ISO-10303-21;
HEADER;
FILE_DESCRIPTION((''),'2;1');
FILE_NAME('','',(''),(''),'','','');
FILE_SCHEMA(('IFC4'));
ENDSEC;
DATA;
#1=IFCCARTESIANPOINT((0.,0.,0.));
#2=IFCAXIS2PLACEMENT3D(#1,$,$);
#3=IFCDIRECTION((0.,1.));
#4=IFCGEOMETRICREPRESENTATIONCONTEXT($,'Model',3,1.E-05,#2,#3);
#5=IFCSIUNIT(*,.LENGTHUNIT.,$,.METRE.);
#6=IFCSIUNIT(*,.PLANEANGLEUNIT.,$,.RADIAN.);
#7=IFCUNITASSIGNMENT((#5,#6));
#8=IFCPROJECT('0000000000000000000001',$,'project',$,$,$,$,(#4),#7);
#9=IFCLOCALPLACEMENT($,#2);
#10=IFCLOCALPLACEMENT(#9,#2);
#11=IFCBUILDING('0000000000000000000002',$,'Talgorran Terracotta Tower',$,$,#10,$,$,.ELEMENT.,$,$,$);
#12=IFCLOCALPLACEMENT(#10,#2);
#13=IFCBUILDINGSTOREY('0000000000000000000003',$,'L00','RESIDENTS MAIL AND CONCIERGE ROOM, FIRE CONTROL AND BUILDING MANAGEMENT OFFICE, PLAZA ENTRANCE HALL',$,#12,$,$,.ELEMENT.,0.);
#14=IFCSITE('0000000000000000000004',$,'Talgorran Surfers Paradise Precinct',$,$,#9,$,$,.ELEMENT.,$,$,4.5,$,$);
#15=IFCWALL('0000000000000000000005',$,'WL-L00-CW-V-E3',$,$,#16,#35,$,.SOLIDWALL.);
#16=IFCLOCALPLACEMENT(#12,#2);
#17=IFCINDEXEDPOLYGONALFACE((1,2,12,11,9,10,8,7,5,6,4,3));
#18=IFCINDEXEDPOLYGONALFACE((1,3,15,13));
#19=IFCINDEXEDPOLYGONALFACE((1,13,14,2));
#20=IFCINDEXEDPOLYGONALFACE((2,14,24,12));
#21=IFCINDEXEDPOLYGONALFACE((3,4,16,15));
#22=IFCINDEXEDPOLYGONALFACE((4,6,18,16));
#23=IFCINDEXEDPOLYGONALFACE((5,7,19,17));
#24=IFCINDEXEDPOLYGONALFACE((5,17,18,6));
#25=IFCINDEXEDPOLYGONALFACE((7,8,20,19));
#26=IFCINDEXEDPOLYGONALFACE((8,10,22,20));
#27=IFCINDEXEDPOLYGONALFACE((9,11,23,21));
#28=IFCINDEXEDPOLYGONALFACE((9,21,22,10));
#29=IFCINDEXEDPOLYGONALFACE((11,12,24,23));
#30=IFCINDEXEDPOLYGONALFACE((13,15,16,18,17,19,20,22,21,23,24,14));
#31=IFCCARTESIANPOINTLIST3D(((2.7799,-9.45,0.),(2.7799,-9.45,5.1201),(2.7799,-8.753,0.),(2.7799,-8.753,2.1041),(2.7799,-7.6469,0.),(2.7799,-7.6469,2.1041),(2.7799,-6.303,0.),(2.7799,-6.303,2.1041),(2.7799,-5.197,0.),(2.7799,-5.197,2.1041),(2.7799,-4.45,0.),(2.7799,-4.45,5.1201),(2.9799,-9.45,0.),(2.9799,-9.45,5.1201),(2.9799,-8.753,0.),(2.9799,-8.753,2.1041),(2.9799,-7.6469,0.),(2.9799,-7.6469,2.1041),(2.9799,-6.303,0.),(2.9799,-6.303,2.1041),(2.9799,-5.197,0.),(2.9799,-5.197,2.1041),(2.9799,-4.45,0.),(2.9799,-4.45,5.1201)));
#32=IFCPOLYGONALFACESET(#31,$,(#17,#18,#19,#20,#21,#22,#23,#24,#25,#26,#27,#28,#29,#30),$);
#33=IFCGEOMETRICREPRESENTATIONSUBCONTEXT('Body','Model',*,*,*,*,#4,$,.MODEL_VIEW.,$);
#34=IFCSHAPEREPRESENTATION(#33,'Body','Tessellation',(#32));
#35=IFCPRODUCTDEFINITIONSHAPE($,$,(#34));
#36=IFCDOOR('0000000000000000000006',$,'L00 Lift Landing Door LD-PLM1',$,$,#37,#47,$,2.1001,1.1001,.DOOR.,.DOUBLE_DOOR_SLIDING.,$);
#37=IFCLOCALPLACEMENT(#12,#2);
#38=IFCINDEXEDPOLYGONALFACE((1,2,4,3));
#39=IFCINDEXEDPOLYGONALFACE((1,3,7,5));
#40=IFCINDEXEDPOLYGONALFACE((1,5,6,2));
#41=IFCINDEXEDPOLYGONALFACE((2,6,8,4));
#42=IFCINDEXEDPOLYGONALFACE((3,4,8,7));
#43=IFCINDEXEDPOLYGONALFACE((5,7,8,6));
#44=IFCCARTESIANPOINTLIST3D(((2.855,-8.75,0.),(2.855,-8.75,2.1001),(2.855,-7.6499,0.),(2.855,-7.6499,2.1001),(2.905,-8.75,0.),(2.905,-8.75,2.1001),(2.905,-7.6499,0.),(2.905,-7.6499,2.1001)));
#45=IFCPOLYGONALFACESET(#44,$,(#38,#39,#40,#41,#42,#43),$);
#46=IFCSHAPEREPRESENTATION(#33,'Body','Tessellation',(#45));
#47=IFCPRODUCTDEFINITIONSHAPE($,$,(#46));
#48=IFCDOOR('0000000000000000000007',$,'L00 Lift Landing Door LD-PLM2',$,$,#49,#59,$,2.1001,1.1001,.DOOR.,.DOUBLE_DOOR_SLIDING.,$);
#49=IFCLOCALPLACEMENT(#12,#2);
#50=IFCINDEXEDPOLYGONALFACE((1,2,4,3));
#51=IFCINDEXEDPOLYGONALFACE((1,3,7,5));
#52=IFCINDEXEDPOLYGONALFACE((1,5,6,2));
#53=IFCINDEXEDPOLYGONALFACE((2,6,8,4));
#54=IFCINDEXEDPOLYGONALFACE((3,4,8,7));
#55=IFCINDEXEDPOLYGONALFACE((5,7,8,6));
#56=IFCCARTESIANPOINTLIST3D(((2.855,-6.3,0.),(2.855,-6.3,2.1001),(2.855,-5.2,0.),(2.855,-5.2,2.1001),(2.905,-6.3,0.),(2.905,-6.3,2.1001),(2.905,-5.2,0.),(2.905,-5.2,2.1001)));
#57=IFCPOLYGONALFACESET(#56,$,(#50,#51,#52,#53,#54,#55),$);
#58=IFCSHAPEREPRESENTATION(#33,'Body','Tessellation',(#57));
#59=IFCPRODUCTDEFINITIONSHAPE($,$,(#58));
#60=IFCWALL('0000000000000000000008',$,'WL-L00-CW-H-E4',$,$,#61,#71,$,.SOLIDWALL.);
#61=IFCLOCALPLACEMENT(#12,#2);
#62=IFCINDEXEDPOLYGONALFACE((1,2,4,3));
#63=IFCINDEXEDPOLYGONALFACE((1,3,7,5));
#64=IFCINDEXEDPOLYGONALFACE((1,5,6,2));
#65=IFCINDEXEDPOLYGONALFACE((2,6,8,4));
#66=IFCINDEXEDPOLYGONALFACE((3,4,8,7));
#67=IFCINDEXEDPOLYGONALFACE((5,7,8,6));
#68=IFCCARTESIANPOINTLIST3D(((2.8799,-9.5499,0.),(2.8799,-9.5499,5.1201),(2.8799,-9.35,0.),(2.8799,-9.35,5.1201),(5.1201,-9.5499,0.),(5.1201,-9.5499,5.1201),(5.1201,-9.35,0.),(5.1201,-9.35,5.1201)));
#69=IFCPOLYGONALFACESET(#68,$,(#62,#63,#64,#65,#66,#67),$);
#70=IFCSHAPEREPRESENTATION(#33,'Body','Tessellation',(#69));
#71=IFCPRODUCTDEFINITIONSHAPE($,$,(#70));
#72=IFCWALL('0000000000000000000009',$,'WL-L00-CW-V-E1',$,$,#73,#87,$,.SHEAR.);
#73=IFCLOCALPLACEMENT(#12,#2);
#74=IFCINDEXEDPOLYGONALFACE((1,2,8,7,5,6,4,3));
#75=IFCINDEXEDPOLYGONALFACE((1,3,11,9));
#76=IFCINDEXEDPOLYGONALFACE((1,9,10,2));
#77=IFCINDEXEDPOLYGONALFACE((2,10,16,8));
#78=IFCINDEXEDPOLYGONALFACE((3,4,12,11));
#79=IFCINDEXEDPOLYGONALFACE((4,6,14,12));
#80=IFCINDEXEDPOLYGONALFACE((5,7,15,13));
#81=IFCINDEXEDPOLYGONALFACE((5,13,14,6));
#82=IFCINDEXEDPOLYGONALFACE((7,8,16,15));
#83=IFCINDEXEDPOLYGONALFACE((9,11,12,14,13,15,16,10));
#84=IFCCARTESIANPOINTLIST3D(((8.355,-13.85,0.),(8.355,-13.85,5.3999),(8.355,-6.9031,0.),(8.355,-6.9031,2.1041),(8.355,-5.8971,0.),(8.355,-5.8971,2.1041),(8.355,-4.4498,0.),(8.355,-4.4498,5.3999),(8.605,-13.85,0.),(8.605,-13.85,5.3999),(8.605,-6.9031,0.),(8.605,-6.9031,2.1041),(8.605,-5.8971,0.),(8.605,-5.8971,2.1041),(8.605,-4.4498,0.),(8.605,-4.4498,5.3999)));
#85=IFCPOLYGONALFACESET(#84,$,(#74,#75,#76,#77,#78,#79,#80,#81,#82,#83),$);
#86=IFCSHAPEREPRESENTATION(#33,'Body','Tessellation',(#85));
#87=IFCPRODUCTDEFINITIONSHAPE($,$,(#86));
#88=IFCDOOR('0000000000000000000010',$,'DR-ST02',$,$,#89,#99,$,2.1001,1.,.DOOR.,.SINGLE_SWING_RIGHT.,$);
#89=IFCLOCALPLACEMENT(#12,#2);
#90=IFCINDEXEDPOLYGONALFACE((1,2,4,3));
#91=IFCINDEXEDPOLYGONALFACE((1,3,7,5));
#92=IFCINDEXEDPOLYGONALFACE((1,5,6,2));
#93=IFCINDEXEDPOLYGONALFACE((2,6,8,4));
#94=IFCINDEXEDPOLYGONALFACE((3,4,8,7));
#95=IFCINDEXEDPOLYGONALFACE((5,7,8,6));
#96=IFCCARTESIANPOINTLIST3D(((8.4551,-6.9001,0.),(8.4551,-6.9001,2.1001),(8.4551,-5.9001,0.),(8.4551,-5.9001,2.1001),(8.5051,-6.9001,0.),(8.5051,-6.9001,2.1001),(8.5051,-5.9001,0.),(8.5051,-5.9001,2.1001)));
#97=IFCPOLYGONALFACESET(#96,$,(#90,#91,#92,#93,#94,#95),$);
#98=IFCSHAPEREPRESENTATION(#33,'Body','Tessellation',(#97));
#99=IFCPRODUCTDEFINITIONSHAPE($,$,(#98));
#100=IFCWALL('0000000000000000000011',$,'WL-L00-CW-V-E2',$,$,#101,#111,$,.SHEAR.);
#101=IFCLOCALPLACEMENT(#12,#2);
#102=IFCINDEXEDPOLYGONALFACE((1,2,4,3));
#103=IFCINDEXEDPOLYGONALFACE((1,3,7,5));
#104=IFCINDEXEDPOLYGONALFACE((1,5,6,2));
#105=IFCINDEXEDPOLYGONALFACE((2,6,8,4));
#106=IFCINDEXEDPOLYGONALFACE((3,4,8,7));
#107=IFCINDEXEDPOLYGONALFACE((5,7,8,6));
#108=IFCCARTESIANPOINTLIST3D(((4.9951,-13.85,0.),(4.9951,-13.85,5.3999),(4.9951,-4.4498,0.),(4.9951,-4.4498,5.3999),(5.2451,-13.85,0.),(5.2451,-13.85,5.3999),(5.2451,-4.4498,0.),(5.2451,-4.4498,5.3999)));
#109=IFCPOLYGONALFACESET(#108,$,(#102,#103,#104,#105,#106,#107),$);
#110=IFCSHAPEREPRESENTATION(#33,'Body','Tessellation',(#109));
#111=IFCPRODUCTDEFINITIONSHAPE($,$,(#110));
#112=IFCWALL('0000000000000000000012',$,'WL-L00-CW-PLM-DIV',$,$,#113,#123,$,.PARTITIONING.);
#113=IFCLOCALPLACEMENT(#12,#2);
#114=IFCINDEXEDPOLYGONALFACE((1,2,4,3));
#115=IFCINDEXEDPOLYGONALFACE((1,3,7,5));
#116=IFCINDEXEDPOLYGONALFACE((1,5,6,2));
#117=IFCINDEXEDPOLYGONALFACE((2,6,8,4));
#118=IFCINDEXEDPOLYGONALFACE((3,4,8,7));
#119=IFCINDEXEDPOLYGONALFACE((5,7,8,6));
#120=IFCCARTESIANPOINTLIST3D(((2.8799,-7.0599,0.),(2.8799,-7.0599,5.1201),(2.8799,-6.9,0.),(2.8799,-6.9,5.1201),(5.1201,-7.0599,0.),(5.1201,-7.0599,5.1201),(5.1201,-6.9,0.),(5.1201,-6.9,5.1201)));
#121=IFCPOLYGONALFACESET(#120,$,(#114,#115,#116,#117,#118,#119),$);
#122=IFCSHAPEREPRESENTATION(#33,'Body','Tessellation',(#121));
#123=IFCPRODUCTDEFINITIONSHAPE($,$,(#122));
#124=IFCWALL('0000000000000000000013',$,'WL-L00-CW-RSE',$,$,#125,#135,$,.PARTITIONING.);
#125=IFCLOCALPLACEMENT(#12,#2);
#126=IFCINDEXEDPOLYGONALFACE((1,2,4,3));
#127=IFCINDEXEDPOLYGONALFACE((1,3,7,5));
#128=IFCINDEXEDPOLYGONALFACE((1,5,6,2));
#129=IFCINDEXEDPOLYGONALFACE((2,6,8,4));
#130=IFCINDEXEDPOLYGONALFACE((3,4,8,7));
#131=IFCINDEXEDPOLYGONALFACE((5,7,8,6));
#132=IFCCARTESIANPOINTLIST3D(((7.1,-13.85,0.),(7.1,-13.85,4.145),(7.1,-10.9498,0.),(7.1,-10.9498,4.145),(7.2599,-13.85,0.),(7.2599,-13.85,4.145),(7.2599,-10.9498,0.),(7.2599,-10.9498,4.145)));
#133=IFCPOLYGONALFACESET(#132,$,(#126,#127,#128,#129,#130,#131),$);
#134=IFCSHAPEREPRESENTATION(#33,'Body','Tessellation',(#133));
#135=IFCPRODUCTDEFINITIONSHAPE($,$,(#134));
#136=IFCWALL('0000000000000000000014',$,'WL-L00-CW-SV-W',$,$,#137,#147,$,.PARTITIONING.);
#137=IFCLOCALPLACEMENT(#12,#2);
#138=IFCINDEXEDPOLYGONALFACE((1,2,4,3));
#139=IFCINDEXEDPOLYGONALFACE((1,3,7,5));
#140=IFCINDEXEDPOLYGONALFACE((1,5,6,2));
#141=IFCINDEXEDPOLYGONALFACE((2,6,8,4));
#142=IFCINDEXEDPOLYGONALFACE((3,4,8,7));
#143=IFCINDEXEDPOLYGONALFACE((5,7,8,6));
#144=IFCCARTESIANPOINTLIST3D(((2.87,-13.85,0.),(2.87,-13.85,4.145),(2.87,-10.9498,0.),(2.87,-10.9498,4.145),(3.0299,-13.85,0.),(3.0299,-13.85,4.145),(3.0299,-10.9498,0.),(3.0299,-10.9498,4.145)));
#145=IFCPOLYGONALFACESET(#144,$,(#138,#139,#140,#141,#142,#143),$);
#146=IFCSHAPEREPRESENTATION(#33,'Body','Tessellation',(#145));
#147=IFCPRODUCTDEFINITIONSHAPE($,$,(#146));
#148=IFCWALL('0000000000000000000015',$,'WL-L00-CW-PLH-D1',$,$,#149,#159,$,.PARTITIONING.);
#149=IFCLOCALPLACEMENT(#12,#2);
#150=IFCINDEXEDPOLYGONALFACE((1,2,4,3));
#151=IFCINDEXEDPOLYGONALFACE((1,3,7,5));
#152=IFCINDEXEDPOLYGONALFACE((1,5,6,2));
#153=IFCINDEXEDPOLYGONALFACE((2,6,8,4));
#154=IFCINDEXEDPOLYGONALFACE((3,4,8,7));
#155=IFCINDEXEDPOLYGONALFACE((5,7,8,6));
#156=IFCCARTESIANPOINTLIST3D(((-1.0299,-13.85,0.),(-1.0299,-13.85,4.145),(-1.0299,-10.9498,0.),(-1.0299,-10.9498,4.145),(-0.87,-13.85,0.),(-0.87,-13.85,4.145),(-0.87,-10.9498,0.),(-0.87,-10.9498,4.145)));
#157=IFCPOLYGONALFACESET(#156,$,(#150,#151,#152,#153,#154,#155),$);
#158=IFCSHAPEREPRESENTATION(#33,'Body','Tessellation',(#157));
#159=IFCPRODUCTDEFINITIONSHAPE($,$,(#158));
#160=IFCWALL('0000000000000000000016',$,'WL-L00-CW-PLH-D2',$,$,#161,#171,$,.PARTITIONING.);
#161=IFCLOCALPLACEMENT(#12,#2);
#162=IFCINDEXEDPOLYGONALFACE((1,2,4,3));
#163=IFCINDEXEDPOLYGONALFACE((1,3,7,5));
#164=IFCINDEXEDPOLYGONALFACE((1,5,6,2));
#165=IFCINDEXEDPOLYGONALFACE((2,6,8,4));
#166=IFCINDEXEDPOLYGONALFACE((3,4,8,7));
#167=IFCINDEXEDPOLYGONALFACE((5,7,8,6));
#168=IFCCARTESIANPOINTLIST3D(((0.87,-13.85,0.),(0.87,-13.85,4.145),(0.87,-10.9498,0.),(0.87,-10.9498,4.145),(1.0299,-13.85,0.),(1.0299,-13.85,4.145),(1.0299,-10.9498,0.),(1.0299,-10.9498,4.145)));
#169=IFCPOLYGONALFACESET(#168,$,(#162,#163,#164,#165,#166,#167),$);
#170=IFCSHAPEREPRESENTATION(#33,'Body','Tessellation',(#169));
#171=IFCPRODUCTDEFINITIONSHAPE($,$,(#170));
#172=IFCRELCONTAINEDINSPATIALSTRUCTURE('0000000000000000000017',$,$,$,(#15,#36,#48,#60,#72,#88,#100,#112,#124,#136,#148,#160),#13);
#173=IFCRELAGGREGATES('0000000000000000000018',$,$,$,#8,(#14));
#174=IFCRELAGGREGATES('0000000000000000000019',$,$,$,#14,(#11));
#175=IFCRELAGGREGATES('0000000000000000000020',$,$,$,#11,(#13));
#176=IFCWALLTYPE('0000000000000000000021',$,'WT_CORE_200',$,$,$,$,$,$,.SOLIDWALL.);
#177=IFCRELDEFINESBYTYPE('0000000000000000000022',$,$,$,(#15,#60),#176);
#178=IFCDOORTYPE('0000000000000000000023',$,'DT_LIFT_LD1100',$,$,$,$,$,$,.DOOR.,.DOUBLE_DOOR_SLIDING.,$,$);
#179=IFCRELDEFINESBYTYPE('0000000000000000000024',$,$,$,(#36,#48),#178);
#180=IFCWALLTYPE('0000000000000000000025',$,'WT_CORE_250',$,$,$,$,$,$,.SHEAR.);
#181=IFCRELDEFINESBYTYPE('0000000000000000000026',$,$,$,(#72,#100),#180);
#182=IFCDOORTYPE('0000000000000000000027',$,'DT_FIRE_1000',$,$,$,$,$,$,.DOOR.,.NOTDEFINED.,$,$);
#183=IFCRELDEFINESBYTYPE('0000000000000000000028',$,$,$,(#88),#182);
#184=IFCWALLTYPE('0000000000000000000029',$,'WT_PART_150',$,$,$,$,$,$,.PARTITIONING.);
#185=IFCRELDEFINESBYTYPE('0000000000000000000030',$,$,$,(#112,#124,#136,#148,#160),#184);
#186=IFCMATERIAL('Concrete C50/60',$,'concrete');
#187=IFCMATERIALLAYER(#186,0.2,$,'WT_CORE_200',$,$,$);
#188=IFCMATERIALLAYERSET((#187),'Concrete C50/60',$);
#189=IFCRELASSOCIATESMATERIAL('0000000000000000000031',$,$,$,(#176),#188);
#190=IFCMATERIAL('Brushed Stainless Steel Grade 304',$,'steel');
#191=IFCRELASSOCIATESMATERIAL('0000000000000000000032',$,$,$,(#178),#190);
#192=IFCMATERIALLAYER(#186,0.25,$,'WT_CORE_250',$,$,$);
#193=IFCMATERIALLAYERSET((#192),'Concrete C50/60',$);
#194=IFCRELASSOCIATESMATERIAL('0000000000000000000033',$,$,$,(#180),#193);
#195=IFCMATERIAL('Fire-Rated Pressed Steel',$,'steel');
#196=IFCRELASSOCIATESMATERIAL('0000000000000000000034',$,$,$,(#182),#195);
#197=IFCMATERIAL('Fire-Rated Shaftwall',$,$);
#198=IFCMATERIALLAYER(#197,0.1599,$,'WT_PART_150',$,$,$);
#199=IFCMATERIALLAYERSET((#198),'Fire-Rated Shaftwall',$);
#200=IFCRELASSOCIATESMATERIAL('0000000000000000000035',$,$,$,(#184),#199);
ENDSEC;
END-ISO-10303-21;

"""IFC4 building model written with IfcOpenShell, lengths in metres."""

from ifc_helpers import new_model, si_unit, direction, frame, frame_2d, origin, place, context, subcontext, project, spatial, rectangle, extrude, material, layer, layer_set, type_object, element, fill, save


model = new_model("IFC4")

# Units and contexts
model_context = context("Model", 3, precision=1e-05, world=origin(), true_north=direction((0.0, 1.0)))
body_context = subcontext(model_context, "Body", "Model", "MODEL_VIEW")
ifc_project = project(units=[si_unit("LENGTHUNIT", "METRE"), si_unit("PLANEANGLEUNIT", "RADIAN")], contexts=[model_context])

# Site, building, storey
site_placement = place(None, origin())
site = spatial("IfcSite", under=ifc_project, at=site_placement, Name="Talgorran Surfers Paradise Precinct", CompositionType="ELEMENT", RefElevation=4.5)
building_placement = place(site_placement, origin())
building = spatial("IfcBuilding", under=site, at=building_placement, Name="Talgorran Terracotta Tower", CompositionType="ELEMENT")
storey_placement = place(building_placement, origin())
storey = spatial("IfcBuildingStorey", under=building, at=storey_placement, Name="L00", Description="RESIDENTS MAIL AND CONCIERGE ROOM, FIRE CONTROL AND BUILDING MANAGEMENT OFFICE, PLAZA ENTRANCE HALL", CompositionType="ELEMENT", Elevation=0.0)

# Shared definitions
ifc_material_1 = material(Name="Concrete C50/60", Category="concrete")
ifc_layer_1 = layer(ifc_material_1, 0.2, Name="WT_CORE_200")
ifc_layer_set_1 = layer_set([ifc_layer_1], Name="Concrete C50/60")
wall_type_1 = type_object("IfcWallType", Name="WT_CORE_200", PredefinedType="SOLIDWALL", material=ifc_layer_set_1)

# Wall, openings, doors
ifc_material_2 = material(Name="Brushed Stainless Steel Grade 304", Category="steel")
door_type_1 = type_object("IfcDoorType", Name="DT_LIFT_LD1100", OperationType="DOUBLE_DOOR_SLIDING", PredefinedType="DOOR", material=ifc_material_2)
ifc_material_3 = material(Name="Fire-Rated Pressed Steel", Category="steel")
wall_1_placement = place(storey_placement, frame((2.8799, -9.45, 0.0), z_axis=(0.0, 0.0, 1.0), x_axis=(0.0, 1.0, 0.0)))
wall_1 = element("IfcWall", 1, at=wall_1_placement, inside=storey, type_object=wall_type_1, Name="WL-L00-CW-V-E3", PredefinedType="SOLIDWALL", context=body_context, shape_type="SweptSolid", body=[
    extrude(rectangle(XDim=5.0, YDim=0.2, at=frame_2d((2.5, 0.0))), origin(), (0.0, 0.0, 1.0), 5.1201),
])
opening_1_placement = place(wall_1_placement, frame((0.7, 0.0, 0.0)))
opening_1 = element("IfcOpeningElement", 2, at=opening_1_placement, cuts=wall_1, PredefinedType="OPENING", context=body_context, shape_type="SweptSolid", body=[
    extrude(rectangle(XDim=1.1061, YDim=2.1041, at=frame_2d((0.55, 1.052))), frame((0.0, 0.1099, 0.0), z_axis=(0.0, -1.0, 0.0), x_axis=(1.0, 0.0, 0.0)), (0.0, 0.0, 1.0), 0.22),
])
opening_2_placement = place(wall_1_placement, frame((3.1499, 0.0, 0.0)))
opening_2 = element("IfcOpeningElement", 3, at=opening_2_placement, cuts=wall_1, PredefinedType="OPENING", context=body_context, shape_type="SweptSolid", body=[
    extrude(rectangle(XDim=1.1061, YDim=2.1041, at=frame_2d((0.55, 1.052))), frame((0.0, 0.1099, 0.0), z_axis=(0.0, -1.0, 0.0), x_axis=(1.0, 0.0, 0.0)), (0.0, 0.0, 1.0), 0.22),
])
door_1_placement = place(opening_1_placement, origin())
door_1 = element("IfcDoor", 4, at=door_1_placement, inside=storey, type_object=door_type_1, Name="L00 Lift Landing Door LD-PLM1", OperationType="DOUBLE_DOOR_SLIDING", OverallHeight=2.1001, OverallWidth=1.1001, PredefinedType="DOOR", context=body_context, shape_type="SweptSolid", body=[
    extrude(rectangle(XDim=1.1001, YDim=2.1001, at=frame_2d((0.55, 1.05))), frame((0.0, 0.0249, 0.0), z_axis=(0.0, -1.0, 0.0), x_axis=(1.0, 0.0, 0.0)), (0.0, 0.0, 1.0), 0.05),
])
fill(opening_1, door_1)
door_2_placement = place(opening_2_placement, origin())
door_2 = element("IfcDoor", 5, at=door_2_placement, inside=storey, type_object=door_type_1, Name="L00 Lift Landing Door LD-PLM2", OperationType="DOUBLE_DOOR_SLIDING", OverallHeight=2.1001, OverallWidth=1.1001, PredefinedType="DOOR", context=body_context, shape_type="SweptSolid", body=[
    extrude(rectangle(XDim=1.1001, YDim=2.1001, at=frame_2d((0.55, 1.05))), frame((0.0, 0.0249, 0.0), z_axis=(0.0, -1.0, 0.0), x_axis=(1.0, 0.0, 0.0)), (0.0, 0.0, 1.0), 0.05),
])
fill(opening_2, door_2)

# Wall
wall_2_placement = place(storey_placement, frame((2.8799, -9.45, 0.0), z_axis=(0.0, 0.0, 1.0), x_axis=(1.0, 0.0, 0.0)))
element("IfcWall", 6, at=wall_2_placement, inside=storey, type_object=wall_type_1, Name="WL-L00-CW-H-E4", PredefinedType="SOLIDWALL", context=body_context, shape_type="SweptSolid", body=[
    extrude(rectangle(XDim=2.2402, YDim=0.2, at=frame_2d((1.1201, 0.0))), origin(), (0.0, 0.0, 1.0), 5.1201),
])

# Wall, opening, door
ifc_layer_2 = layer(ifc_material_1, 0.25, Name="WT_CORE_250")
ifc_layer_set_2 = layer_set([ifc_layer_2], Name="Concrete C50/60")
wall_type_2 = type_object("IfcWallType", Name="WT_CORE_250", PredefinedType="SHEAR", material=ifc_layer_set_2)
wall_3_placement = place(storey_placement, frame((8.48, -13.8501, 0.0), z_axis=(0.0, 0.0, 1.0), x_axis=(0.0, 1.0, 0.0)))
wall_3 = element("IfcWall", 7, at=wall_3_placement, inside=storey, type_object=wall_type_2, Name="WL-L00-CW-V-E1", PredefinedType="SHEAR", context=body_context, shape_type="SweptSolid", body=[
    extrude(rectangle(XDim=9.4001, YDim=0.25, at=frame_2d((4.7002, 0.0))), origin(), (0.0, 0.0, 1.0), 5.3999),
])
opening_3_placement = place(wall_3_placement, frame((6.95, 0.0, 0.0)))
opening_3 = element("IfcOpeningElement", 8, at=opening_3_placement, cuts=wall_3, PredefinedType="OPENING", context=body_context, shape_type="SweptSolid", body=[
    extrude(rectangle(XDim=1.006, YDim=2.1041, at=frame_2d((0.5, 1.052))), frame((0.0, 0.135, 0.0), z_axis=(0.0, -1.0, 0.0), x_axis=(1.0, 0.0, 0.0)), (0.0, 0.0, 1.0), 0.27),
])
door_type_2 = type_object("IfcDoorType", Name="DT_FIRE_1000", OperationType="NOTDEFINED", PredefinedType="DOOR", material=ifc_material_3)
door_3_placement = place(opening_3_placement, origin())
door_3 = element("IfcDoor", 9, at=door_3_placement, inside=storey, type_object=door_type_2, Name="DR-ST02", OperationType="SINGLE_SWING_RIGHT", OverallHeight=2.1001, OverallWidth=1.0, PredefinedType="DOOR", context=body_context, shape_type="SweptSolid", body=[
    extrude(rectangle(XDim=1.0, YDim=2.1001, at=frame_2d((0.5, 1.05))), frame((0.0, 0.0249, 0.0), z_axis=(0.0, -1.0, 0.0), x_axis=(1.0, 0.0, 0.0)), (0.0, 0.0, 1.0), 0.05),
])
fill(opening_3, door_3)

# Walls
wall_4_placement = place(storey_placement, frame((5.1201, -13.8501, 0.0), z_axis=(0.0, 0.0, 1.0), x_axis=(0.0, 1.0, 0.0)))
element("IfcWall", 10, at=wall_4_placement, inside=storey, type_object=wall_type_2, Name="WL-L00-CW-V-E2", PredefinedType="SHEAR", context=body_context, shape_type="SweptSolid", body=[
    extrude(rectangle(XDim=9.4001, YDim=0.25, at=frame_2d((4.7002, 0.0))), origin(), (0.0, 0.0, 1.0), 5.3999),
])
ifc_material_4 = material(Name="Fire-Rated Shaftwall")
ifc_layer_3 = layer(ifc_material_4, 0.1599, Name="WT_PART_150")
ifc_layer_set_3 = layer_set([ifc_layer_3], Name="Fire-Rated Shaftwall")
wall_type_3 = type_object("IfcWallType", Name="WT_PART_150", PredefinedType="PARTITIONING", material=ifc_layer_set_3)
wall_5_placement = place(storey_placement, frame((2.8799, -6.98, 0.0), z_axis=(0.0, 0.0, 1.0), x_axis=(1.0, 0.0, 0.0)))
element("IfcWall", 11, at=wall_5_placement, inside=storey, type_object=wall_type_3, Name="WL-L00-CW-PLM-DIV", PredefinedType="PARTITIONING", context=body_context, shape_type="SweptSolid", body=[
    extrude(rectangle(XDim=2.2402, YDim=0.1599, at=frame_2d((1.1201, 0.0))), origin(), (0.0, 0.0, 1.0), 5.1201),
])
for number, where, z_axis, x_axis, name in (
    (12, (7.1799, -13.8501, 0.0), (0.0, 0.0, 1.0), (0.0, 1.0, 0.0), "WL-L00-CW-RSE"),
    (13, (2.95, -13.8501, 0.0), (0.0, 0.0, 1.0), (0.0, 1.0, 0.0), "WL-L00-CW-SV-W"),
    (14, (-0.95, -13.8501, 0.0), (0.0, 0.0, 1.0), (0.0, 1.0, 0.0), "WL-L00-CW-PLH-D1"),
    (15, (0.95, -13.8501, 0.0), (0.0, 0.0, 1.0), (0.0, 1.0, 0.0), "WL-L00-CW-PLH-D2"),
):
    element("IfcWall", number, at=place(storey_placement, frame(where, z_axis=z_axis, x_axis=x_axis)), inside=storey, type_object=wall_type_3, Name=name, PredefinedType="PARTITIONING", context=body_context, shape_type="SweptSolid", body=[
        extrude(rectangle(XDim=2.9001, YDim=0.1599, at=frame_2d((1.4502, 0.0))), origin(), (0.0, 0.0, 1.0), 4.145),
    ])

save(model, "model.ifc")
